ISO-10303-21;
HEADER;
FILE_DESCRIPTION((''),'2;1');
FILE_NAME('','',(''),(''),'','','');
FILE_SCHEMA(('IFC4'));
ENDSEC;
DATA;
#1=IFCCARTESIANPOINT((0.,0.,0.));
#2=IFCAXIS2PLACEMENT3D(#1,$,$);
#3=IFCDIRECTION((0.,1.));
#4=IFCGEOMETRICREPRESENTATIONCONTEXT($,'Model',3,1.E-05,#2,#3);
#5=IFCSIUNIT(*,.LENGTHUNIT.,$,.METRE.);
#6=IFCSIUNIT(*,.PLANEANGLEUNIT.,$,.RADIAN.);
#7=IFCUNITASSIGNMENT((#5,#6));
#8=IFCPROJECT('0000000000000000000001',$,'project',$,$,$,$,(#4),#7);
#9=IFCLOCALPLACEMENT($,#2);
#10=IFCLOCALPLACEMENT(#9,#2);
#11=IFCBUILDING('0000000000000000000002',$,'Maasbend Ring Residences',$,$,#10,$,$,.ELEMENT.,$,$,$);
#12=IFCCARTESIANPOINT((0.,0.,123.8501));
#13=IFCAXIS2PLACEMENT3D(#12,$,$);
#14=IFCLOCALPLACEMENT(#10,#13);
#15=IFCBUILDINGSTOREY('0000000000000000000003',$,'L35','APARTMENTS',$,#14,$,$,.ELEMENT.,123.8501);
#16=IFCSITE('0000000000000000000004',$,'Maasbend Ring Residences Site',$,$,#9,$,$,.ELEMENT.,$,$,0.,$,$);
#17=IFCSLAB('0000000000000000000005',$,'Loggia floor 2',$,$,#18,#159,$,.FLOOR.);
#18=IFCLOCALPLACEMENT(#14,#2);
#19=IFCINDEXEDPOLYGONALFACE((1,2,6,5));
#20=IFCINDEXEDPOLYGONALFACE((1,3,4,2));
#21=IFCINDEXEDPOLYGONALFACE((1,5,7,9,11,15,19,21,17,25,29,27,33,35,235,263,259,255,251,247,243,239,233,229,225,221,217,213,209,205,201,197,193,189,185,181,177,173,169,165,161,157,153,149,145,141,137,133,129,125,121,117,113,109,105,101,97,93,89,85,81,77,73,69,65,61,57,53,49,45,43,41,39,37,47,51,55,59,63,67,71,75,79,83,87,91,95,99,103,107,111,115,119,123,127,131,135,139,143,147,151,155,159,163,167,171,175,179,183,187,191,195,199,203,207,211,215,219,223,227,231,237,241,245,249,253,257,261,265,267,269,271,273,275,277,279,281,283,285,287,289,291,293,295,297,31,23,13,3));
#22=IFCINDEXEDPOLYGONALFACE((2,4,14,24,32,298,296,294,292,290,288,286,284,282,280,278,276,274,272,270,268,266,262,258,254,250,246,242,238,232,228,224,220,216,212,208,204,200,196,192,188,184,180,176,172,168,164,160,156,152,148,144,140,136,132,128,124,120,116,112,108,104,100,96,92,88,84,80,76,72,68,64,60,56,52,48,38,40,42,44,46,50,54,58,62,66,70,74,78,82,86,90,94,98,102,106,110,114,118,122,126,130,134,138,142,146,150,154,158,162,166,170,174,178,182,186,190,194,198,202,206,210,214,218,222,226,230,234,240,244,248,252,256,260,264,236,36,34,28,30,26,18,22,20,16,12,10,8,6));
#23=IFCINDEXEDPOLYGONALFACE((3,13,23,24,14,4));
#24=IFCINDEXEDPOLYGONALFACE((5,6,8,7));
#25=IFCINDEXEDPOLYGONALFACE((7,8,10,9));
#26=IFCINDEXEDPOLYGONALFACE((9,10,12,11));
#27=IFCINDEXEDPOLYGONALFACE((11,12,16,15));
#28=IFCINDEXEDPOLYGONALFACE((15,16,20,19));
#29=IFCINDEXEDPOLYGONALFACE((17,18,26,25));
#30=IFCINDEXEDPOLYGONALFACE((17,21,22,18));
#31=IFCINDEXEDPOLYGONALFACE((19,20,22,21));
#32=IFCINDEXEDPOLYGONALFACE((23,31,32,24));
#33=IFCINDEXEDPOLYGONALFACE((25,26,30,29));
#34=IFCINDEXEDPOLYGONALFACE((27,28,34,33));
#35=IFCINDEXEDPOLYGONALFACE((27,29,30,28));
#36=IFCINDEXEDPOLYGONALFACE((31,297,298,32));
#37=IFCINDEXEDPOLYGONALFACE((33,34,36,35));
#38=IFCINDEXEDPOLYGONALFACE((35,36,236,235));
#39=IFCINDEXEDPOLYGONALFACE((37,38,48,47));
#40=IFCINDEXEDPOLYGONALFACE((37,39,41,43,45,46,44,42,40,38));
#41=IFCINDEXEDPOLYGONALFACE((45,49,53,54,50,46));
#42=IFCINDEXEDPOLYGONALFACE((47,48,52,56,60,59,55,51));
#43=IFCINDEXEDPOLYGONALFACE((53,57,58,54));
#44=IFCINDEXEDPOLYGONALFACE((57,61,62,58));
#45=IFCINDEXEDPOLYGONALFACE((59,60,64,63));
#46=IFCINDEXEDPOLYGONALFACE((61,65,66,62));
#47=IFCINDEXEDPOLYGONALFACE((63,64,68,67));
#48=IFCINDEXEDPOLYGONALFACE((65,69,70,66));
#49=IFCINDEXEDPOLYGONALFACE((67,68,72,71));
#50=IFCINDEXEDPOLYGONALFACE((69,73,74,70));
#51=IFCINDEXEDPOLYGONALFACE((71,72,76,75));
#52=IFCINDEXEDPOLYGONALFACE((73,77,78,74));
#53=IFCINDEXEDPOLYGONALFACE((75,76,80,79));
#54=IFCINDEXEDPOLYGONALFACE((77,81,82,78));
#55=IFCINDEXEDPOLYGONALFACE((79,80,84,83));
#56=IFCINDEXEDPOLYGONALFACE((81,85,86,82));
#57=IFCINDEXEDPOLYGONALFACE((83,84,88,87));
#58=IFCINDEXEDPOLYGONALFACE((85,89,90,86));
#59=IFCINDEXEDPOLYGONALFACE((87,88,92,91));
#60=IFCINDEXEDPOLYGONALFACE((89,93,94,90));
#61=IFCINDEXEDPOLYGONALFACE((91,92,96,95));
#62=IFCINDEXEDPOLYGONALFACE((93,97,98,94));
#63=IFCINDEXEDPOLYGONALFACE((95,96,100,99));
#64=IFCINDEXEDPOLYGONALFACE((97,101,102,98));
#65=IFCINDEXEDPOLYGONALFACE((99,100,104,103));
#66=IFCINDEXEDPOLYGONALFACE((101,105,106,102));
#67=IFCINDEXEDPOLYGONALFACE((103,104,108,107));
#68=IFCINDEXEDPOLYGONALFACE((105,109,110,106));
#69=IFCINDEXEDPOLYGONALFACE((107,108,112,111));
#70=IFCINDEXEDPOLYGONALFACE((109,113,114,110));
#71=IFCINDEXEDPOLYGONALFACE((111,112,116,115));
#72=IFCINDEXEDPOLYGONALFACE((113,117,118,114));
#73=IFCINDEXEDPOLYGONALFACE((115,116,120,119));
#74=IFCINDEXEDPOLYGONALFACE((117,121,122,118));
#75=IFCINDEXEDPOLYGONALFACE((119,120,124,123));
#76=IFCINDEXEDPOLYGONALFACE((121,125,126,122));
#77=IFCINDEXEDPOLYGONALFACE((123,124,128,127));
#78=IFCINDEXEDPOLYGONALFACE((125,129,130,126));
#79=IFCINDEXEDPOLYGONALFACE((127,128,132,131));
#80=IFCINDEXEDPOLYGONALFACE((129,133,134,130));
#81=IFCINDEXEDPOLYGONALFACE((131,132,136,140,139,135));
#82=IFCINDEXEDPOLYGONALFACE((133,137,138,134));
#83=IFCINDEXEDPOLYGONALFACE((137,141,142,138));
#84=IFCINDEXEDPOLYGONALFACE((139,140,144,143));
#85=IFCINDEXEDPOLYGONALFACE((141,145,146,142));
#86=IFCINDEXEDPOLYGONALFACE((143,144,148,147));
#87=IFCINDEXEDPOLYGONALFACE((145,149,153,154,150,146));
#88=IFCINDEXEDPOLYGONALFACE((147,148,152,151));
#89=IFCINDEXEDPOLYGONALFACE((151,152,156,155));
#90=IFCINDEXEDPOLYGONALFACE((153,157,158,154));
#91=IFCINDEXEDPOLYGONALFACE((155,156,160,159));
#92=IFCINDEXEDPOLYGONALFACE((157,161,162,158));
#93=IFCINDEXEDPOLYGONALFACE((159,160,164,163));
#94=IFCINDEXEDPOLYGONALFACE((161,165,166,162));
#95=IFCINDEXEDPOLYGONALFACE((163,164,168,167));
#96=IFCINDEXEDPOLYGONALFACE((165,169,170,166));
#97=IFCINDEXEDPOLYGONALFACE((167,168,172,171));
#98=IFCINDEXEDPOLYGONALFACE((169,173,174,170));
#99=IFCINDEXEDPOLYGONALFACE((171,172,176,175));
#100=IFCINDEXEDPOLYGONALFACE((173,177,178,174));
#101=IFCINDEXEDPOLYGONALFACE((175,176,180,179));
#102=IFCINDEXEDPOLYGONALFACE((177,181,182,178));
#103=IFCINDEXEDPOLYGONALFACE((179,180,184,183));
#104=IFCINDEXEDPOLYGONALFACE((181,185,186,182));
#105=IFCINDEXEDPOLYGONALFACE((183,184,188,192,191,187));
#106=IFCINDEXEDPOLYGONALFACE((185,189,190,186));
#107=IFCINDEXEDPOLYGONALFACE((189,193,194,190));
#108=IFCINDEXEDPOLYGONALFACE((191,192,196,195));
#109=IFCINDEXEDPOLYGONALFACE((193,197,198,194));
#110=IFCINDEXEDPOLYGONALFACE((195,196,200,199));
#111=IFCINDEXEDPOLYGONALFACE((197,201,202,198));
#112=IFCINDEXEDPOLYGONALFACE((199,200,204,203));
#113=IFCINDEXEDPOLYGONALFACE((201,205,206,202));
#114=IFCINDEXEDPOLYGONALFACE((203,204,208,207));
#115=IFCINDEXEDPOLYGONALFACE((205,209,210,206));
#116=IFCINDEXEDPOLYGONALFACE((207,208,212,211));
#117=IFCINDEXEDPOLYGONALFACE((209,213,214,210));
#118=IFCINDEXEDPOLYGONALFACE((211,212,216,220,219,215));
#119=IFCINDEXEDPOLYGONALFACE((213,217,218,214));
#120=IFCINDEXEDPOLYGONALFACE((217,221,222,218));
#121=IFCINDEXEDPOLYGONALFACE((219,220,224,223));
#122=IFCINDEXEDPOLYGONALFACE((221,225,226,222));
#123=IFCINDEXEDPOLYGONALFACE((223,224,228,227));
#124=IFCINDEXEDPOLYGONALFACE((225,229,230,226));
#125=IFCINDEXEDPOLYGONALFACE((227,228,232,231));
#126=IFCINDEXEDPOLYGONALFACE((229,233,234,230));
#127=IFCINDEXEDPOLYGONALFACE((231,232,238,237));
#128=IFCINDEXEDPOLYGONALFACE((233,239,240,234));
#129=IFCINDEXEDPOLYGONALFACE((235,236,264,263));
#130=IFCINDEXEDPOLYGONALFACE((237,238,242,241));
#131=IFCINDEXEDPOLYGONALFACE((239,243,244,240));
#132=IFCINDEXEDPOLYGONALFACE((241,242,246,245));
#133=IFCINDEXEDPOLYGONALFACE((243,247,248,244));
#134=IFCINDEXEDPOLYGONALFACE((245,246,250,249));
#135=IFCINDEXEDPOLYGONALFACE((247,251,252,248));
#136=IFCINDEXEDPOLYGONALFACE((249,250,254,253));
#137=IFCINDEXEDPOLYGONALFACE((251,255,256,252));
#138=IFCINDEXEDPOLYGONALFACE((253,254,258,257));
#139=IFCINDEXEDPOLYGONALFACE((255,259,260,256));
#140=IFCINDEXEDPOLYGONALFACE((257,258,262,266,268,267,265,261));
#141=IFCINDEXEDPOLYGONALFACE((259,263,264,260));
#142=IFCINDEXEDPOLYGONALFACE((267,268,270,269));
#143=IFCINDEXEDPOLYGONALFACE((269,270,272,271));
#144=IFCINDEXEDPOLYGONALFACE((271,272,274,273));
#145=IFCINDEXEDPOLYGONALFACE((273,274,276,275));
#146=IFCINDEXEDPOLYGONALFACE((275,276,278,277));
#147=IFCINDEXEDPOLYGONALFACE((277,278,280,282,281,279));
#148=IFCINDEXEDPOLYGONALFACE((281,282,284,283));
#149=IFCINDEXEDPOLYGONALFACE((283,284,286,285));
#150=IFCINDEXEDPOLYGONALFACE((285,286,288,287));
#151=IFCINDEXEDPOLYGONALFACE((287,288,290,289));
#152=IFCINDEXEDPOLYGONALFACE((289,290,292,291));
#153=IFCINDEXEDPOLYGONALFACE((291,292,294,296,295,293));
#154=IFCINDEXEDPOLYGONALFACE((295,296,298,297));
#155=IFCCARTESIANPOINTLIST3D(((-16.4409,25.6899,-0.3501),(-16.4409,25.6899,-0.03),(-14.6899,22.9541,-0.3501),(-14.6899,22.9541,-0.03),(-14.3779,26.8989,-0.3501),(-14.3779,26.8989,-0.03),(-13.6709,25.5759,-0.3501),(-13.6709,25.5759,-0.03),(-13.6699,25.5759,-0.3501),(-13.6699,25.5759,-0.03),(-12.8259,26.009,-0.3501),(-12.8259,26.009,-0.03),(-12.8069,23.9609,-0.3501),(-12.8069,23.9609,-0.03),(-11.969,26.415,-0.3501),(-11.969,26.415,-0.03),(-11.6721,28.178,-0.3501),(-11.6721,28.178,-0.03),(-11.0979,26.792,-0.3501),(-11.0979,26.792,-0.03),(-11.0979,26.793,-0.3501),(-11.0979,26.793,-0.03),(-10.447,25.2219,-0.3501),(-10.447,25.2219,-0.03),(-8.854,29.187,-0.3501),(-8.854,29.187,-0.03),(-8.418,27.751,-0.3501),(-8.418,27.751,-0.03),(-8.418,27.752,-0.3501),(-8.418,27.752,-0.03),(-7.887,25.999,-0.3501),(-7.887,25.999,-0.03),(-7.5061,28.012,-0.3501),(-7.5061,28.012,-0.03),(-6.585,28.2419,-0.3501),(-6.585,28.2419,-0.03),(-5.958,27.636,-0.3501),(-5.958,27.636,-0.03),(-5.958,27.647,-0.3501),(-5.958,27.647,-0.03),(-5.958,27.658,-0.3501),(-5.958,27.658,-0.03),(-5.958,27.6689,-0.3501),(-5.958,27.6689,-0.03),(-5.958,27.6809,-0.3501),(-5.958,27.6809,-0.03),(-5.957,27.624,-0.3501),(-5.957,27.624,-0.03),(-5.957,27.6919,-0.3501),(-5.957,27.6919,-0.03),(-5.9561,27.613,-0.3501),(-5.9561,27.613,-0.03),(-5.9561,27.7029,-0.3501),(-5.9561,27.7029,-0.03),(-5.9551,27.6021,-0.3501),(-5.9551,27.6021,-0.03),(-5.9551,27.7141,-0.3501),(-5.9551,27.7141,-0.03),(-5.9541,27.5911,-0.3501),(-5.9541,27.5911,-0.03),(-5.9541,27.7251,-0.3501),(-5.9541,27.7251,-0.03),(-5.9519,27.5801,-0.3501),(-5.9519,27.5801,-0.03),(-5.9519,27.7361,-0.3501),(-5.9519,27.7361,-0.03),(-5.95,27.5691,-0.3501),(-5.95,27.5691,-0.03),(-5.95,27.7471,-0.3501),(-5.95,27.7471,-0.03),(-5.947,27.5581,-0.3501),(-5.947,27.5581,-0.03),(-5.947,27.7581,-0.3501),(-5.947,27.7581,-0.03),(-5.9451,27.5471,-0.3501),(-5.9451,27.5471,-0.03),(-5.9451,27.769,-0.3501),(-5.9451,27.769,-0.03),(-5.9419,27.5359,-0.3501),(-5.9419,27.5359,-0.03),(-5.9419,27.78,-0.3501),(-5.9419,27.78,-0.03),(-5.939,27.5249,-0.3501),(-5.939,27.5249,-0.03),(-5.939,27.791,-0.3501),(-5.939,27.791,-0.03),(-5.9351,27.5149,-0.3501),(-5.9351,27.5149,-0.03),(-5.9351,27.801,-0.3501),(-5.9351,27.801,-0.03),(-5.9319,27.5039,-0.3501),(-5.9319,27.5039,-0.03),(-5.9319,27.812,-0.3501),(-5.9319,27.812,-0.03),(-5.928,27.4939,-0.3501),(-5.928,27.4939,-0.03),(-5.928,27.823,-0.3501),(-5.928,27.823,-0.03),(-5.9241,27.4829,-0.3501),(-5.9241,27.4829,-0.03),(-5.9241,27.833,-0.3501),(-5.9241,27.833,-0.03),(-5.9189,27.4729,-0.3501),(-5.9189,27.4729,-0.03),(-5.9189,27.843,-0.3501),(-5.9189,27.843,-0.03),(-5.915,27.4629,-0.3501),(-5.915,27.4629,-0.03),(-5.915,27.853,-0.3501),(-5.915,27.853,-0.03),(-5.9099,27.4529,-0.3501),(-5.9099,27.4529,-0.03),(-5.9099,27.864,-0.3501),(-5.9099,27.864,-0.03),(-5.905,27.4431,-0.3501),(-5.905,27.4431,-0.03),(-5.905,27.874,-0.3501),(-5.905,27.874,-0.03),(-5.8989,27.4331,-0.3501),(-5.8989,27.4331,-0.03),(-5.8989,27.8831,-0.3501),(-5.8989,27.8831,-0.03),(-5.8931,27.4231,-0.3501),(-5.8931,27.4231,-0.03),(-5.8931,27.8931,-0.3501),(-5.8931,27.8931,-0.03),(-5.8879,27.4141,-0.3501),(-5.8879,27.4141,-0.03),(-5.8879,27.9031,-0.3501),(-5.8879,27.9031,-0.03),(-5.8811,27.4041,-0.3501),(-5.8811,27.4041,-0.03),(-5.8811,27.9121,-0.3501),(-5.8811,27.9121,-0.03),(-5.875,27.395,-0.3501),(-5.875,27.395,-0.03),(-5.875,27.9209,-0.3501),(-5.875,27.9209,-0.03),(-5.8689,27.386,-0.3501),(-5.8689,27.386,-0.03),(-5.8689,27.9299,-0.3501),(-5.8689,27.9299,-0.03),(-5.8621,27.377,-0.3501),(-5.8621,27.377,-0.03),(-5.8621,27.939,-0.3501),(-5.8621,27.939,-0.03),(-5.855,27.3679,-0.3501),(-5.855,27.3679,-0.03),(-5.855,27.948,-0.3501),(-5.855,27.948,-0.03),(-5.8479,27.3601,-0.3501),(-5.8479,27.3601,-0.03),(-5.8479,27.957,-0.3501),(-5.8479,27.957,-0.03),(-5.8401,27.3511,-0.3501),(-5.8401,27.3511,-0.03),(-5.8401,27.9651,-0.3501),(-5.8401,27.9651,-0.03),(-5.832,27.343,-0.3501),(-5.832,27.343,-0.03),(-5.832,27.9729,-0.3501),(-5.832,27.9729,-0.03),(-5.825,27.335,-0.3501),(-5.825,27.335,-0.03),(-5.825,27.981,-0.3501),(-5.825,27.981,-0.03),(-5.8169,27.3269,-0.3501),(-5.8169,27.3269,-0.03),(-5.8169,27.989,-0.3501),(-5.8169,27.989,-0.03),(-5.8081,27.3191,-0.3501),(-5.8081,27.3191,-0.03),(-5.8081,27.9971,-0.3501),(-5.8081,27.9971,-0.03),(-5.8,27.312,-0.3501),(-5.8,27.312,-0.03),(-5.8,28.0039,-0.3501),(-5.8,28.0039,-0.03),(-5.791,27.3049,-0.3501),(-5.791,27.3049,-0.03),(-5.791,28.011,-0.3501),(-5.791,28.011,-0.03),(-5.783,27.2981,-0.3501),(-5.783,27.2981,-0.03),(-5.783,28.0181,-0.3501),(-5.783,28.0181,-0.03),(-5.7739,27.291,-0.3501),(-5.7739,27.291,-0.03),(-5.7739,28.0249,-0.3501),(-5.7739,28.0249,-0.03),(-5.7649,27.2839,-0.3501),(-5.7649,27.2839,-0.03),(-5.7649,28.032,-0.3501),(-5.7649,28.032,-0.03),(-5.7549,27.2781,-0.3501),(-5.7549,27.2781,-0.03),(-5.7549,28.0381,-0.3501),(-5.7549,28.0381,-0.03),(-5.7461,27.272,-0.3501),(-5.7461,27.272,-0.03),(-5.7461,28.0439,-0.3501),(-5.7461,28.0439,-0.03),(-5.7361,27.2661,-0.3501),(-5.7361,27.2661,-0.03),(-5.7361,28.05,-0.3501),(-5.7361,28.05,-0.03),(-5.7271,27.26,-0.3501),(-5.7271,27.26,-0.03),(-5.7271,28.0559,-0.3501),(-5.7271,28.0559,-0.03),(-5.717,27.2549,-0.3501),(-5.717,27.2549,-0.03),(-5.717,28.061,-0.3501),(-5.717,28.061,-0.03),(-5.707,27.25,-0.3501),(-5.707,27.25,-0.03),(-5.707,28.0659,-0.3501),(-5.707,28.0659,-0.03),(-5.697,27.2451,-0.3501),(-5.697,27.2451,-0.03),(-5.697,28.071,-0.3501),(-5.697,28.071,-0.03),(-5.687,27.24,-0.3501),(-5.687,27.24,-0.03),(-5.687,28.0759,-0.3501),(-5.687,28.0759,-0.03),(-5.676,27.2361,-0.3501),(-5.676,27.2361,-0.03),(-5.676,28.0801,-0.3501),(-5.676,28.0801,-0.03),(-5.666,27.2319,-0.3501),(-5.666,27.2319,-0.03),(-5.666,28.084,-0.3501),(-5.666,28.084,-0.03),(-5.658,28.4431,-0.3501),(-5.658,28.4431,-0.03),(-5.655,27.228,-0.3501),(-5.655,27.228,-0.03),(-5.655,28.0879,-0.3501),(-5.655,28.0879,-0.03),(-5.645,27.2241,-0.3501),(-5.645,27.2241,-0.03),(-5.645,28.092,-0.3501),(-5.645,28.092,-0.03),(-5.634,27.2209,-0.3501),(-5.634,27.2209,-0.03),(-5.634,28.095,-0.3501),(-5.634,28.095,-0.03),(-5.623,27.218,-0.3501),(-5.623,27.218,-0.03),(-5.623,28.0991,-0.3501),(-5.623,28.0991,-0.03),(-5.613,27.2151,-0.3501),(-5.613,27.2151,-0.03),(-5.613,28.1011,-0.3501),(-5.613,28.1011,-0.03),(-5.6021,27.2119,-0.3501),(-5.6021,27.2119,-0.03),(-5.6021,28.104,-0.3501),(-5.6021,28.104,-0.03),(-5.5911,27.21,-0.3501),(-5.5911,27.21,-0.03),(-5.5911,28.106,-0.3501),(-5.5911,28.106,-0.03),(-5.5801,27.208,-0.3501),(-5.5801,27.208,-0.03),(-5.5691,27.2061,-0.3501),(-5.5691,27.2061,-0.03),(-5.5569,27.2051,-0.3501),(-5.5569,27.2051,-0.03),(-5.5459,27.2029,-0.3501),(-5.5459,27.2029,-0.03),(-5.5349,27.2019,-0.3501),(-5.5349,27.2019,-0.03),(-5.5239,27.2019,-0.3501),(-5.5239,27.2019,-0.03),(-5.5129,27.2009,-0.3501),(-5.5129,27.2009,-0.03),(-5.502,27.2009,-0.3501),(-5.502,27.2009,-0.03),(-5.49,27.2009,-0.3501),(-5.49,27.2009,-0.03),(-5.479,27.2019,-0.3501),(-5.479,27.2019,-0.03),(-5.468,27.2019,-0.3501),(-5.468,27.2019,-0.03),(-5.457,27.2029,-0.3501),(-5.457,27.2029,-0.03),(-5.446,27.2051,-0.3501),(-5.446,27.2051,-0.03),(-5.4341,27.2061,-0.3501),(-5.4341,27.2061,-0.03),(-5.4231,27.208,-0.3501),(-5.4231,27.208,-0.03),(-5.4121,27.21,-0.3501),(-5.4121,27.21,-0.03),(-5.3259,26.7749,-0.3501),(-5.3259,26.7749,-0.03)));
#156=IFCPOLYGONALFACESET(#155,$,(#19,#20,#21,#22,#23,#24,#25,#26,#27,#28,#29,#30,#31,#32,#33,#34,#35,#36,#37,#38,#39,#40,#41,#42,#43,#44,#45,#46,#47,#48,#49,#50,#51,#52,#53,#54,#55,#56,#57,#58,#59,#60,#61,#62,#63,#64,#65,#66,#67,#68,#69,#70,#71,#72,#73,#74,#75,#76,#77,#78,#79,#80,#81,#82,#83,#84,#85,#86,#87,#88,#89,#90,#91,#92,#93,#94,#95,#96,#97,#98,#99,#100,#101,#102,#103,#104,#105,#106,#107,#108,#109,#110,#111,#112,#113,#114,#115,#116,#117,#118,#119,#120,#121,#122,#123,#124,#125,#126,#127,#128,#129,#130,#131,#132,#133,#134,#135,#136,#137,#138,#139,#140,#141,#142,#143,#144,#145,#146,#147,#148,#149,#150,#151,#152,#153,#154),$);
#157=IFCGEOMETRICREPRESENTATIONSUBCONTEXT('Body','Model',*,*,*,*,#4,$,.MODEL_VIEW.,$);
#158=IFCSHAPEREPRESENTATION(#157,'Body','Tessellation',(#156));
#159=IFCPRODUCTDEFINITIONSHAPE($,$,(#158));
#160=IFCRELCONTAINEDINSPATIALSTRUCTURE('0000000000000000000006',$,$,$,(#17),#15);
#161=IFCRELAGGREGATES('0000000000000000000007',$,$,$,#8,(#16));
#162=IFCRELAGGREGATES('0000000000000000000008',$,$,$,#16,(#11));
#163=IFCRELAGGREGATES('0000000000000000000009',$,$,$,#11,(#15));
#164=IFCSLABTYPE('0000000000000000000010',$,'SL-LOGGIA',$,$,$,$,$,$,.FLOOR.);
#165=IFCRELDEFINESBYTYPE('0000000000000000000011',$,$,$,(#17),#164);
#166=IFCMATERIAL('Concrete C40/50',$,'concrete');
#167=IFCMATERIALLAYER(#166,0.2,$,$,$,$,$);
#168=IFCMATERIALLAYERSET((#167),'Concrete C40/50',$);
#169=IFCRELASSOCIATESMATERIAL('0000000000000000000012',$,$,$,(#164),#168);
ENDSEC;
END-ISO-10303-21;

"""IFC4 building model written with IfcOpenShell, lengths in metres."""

from ifc_helpers import new_model, si_unit, direction, frame, origin, place, context, subcontext, project, spatial, polyline, outline, extrude, material, layer, layer_set, type_object, element, save


model = new_model("IFC4")

# Units and contexts
model_context = context("Model", 3, precision=1e-05, world=origin(), true_north=direction((0.0, 1.0)))
body_context = subcontext(model_context, "Body", "Model", "MODEL_VIEW")
ifc_project = project(units=[si_unit("LENGTHUNIT", "METRE"), si_unit("PLANEANGLEUNIT", "RADIAN")], contexts=[model_context])

# Site, building, storey
site_placement = place(None, origin())
site = spatial("IfcSite", under=ifc_project, at=site_placement, Name="Maasbend Ring Residences Site", CompositionType="ELEMENT", RefElevation=0.0)
building_placement = place(site_placement, origin())
building = spatial("IfcBuilding", under=site, at=building_placement, Name="Maasbend Ring Residences", CompositionType="ELEMENT")
storey_placement = place(building_placement, frame((0.0, 0.0, 123.8501)))
storey = spatial("IfcBuildingStorey", under=building, at=storey_placement, Name="L35", Description="APARTMENTS", CompositionType="ELEMENT", Elevation=123.8501)

# Slab
ifc_material_1 = material(Name="Concrete C40/50", Category="concrete")
ifc_layer_1 = layer(ifc_material_1, 0.2)
ifc_layer_set_1 = layer_set([ifc_layer_1], Name="Concrete C40/50")
slab_type_1 = type_object("IfcSlabType", Name="SL-LOGGIA", PredefinedType="FLOOR", material=ifc_layer_set_1)
slab_1_placement = place(storey_placement, frame((0.0, 0.0, -0.3501)))
element("IfcSlab", 1, at=slab_1_placement, inside=storey, type_object=slab_type_1, Name="Loggia floor 2", PredefinedType="FLOOR", context=body_context, shape_type="SweptSolid", body=[
    extrude(outline(polyline([(-13.6709, 25.5759), (-13.6709, 25.5759), (-13.6709, 25.5759), (-13.6709, 25.5759), (-13.6709, 25.5759), (-13.6709, 25.5759), (-13.6709, 25.5759), (-13.6699, 25.5759), (-13.6699, 25.5759), (-13.6699, 25.5759), (-13.6699, 25.5759), (-13.6699, 25.5759), (-13.6699, 25.5759), (-13.6699, 25.5759), (-13.6699, 25.5759), (-13.6699, 25.5759), (-13.6699, 25.5759), (-12.8259, 26.009), (-12.8259, 26.009), (-11.969, 26.415), (-11.969, 26.415), (-11.0979, 26.792), (-11.0979, 26.792), (-11.0979, 26.792), (-11.0979, 26.792), (-11.0979, 26.792), (-11.0979, 26.792), (-11.0979, 26.792), (-11.0979, 26.793), (-11.0979, 26.793), (-11.0979, 26.793), (-11.0979, 26.793), (-11.0979, 26.793), (-11.0979, 26.793), (-11.0979, 26.793), (-11.0979, 26.793), (-11.0979, 26.793), (-11.0979, 26.793), (-11.6721, 28.178), (-11.6721, 28.178), (-11.6721, 28.178), (-8.854, 29.187), (-8.854, 29.187), (-8.854, 29.187), (-8.418, 27.752), (-8.418, 27.752), (-8.418, 27.752), (-8.418, 27.752), (-8.418, 27.752), (-8.418, 27.752), (-8.418, 27.752), (-8.418, 27.751), (-8.418, 27.751), (-8.418, 27.751), (-8.418, 27.751), (-8.418, 27.751), (-8.418, 27.751), (-8.418, 27.751), (-8.418, 27.751), (-8.418, 27.751), (-8.418, 27.751), (-7.5061, 28.012), (-7.5061, 28.012), (-6.585, 28.2419), (-6.585, 28.2419), (-5.658, 28.4431), (-5.658, 28.4431), (-5.658, 28.4431), (-5.5911, 28.106), (-5.6021, 28.104), (-5.613, 28.1011), (-5.623, 28.0991), (-5.634, 28.095), (-5.645, 28.092), (-5.655, 28.0879), (-5.666, 28.084), (-5.676, 28.0801), (-5.687, 28.0759), (-5.697, 28.071), (-5.707, 28.0659), (-5.717, 28.061), (-5.7271, 28.0559), (-5.7361, 28.05), (-5.7461, 28.0439), (-5.7549, 28.0381), (-5.7649, 28.032), (-5.7739, 28.0249), (-5.783, 28.0181), (-5.791, 28.011), (-5.8, 28.0039), (-5.8081, 27.9971), (-5.8169, 27.989), (-5.825, 27.981), (-5.832, 27.9729), (-5.8401, 27.9651), (-5.8479, 27.957), (-5.855, 27.948), (-5.8621, 27.939), (-5.8689, 27.9299), (-5.875, 27.9209), (-5.8811, 27.9121), (-5.8879, 27.9031), (-5.8931, 27.8931), (-5.8989, 27.8831), (-5.905, 27.874), (-5.9099, 27.864), (-5.915, 27.853), (-5.9189, 27.843), (-5.9241, 27.833), (-5.928, 27.823), (-5.9319, 27.812), (-5.9351, 27.801), (-5.939, 27.791), (-5.9419, 27.78), (-5.9451, 27.769), (-5.947, 27.7581), (-5.95, 27.7471), (-5.9519, 27.7361), (-5.9541, 27.7251), (-5.9551, 27.7141), (-5.9561, 27.7029), (-5.957, 27.6919), (-5.958, 27.6809), (-5.958, 27.6689), (-5.958, 27.658), (-5.958, 27.647), (-5.958, 27.636), (-5.957, 27.624), (-5.9561, 27.613), (-5.9551, 27.6021), (-5.9541, 27.5911), (-5.9519, 27.5801), (-5.95, 27.5691), (-5.947, 27.5581), (-5.9451, 27.5471), (-5.9419, 27.5359), (-5.939, 27.5249), (-5.9351, 27.5149), (-5.9319, 27.5039), (-5.928, 27.4939), (-5.9241, 27.4829), (-5.9189, 27.4729), (-5.915, 27.4629), (-5.9099, 27.4529), (-5.905, 27.4431), (-5.8989, 27.4331), (-5.8931, 27.4231), (-5.8879, 27.4141), (-5.8811, 27.4041), (-5.875, 27.395), (-5.8689, 27.386), (-5.8621, 27.377), (-5.855, 27.3679), (-5.8479, 27.3601), (-5.8401, 27.3511), (-5.832, 27.343), (-5.825, 27.335), (-5.8169, 27.3269), (-5.8081, 27.3191), (-5.8, 27.312), (-5.791, 27.3049), (-5.783, 27.2981), (-5.7739, 27.291), (-5.7649, 27.2839), (-5.7549, 27.2781), (-5.7461, 27.272), (-5.7361, 27.2661), (-5.7271, 27.26), (-5.717, 27.2549), (-5.707, 27.25), (-5.697, 27.2451), (-5.687, 27.24), (-5.676, 27.2361), (-5.666, 27.2319), (-5.655, 27.228), (-5.645, 27.2241), (-5.634, 27.2209), (-5.623, 27.218), (-5.613, 27.2151), (-5.6021, 27.2119), (-5.5911, 27.21), (-5.5801, 27.208), (-5.5691, 27.2061), (-5.5569, 27.2051), (-5.5459, 27.2029), (-5.5349, 27.2019), (-5.5239, 27.2019), (-5.5129, 27.2009), (-5.502, 27.2009), (-5.49, 27.2009), (-5.479, 27.2019), (-5.468, 27.2019), (-5.457, 27.2029), (-5.446, 27.2051), (-5.4341, 27.2061), (-5.4231, 27.208), (-5.4121, 27.21), (-5.3259, 26.7749), (-5.3259, 26.7749), (-5.3259, 26.7749), (-7.887, 25.999), (-10.447, 25.2219), (-10.447, 25.2219), (-10.447, 25.2219), (-12.8069, 23.9609), (-14.6899, 22.9541), (-14.6899, 22.9541), (-14.6899, 22.9541), (-16.4409, 25.6899), (-16.4409, 25.6899), (-16.4409, 25.6899), (-14.3779, 26.8989), (-14.3779, 26.8989), (-14.3779, 26.8989), (-13.6709, 25.5759)])), origin(), (0.0, 0.0, 1.0), 0.3201),
])

save(model, "model.ifc")
